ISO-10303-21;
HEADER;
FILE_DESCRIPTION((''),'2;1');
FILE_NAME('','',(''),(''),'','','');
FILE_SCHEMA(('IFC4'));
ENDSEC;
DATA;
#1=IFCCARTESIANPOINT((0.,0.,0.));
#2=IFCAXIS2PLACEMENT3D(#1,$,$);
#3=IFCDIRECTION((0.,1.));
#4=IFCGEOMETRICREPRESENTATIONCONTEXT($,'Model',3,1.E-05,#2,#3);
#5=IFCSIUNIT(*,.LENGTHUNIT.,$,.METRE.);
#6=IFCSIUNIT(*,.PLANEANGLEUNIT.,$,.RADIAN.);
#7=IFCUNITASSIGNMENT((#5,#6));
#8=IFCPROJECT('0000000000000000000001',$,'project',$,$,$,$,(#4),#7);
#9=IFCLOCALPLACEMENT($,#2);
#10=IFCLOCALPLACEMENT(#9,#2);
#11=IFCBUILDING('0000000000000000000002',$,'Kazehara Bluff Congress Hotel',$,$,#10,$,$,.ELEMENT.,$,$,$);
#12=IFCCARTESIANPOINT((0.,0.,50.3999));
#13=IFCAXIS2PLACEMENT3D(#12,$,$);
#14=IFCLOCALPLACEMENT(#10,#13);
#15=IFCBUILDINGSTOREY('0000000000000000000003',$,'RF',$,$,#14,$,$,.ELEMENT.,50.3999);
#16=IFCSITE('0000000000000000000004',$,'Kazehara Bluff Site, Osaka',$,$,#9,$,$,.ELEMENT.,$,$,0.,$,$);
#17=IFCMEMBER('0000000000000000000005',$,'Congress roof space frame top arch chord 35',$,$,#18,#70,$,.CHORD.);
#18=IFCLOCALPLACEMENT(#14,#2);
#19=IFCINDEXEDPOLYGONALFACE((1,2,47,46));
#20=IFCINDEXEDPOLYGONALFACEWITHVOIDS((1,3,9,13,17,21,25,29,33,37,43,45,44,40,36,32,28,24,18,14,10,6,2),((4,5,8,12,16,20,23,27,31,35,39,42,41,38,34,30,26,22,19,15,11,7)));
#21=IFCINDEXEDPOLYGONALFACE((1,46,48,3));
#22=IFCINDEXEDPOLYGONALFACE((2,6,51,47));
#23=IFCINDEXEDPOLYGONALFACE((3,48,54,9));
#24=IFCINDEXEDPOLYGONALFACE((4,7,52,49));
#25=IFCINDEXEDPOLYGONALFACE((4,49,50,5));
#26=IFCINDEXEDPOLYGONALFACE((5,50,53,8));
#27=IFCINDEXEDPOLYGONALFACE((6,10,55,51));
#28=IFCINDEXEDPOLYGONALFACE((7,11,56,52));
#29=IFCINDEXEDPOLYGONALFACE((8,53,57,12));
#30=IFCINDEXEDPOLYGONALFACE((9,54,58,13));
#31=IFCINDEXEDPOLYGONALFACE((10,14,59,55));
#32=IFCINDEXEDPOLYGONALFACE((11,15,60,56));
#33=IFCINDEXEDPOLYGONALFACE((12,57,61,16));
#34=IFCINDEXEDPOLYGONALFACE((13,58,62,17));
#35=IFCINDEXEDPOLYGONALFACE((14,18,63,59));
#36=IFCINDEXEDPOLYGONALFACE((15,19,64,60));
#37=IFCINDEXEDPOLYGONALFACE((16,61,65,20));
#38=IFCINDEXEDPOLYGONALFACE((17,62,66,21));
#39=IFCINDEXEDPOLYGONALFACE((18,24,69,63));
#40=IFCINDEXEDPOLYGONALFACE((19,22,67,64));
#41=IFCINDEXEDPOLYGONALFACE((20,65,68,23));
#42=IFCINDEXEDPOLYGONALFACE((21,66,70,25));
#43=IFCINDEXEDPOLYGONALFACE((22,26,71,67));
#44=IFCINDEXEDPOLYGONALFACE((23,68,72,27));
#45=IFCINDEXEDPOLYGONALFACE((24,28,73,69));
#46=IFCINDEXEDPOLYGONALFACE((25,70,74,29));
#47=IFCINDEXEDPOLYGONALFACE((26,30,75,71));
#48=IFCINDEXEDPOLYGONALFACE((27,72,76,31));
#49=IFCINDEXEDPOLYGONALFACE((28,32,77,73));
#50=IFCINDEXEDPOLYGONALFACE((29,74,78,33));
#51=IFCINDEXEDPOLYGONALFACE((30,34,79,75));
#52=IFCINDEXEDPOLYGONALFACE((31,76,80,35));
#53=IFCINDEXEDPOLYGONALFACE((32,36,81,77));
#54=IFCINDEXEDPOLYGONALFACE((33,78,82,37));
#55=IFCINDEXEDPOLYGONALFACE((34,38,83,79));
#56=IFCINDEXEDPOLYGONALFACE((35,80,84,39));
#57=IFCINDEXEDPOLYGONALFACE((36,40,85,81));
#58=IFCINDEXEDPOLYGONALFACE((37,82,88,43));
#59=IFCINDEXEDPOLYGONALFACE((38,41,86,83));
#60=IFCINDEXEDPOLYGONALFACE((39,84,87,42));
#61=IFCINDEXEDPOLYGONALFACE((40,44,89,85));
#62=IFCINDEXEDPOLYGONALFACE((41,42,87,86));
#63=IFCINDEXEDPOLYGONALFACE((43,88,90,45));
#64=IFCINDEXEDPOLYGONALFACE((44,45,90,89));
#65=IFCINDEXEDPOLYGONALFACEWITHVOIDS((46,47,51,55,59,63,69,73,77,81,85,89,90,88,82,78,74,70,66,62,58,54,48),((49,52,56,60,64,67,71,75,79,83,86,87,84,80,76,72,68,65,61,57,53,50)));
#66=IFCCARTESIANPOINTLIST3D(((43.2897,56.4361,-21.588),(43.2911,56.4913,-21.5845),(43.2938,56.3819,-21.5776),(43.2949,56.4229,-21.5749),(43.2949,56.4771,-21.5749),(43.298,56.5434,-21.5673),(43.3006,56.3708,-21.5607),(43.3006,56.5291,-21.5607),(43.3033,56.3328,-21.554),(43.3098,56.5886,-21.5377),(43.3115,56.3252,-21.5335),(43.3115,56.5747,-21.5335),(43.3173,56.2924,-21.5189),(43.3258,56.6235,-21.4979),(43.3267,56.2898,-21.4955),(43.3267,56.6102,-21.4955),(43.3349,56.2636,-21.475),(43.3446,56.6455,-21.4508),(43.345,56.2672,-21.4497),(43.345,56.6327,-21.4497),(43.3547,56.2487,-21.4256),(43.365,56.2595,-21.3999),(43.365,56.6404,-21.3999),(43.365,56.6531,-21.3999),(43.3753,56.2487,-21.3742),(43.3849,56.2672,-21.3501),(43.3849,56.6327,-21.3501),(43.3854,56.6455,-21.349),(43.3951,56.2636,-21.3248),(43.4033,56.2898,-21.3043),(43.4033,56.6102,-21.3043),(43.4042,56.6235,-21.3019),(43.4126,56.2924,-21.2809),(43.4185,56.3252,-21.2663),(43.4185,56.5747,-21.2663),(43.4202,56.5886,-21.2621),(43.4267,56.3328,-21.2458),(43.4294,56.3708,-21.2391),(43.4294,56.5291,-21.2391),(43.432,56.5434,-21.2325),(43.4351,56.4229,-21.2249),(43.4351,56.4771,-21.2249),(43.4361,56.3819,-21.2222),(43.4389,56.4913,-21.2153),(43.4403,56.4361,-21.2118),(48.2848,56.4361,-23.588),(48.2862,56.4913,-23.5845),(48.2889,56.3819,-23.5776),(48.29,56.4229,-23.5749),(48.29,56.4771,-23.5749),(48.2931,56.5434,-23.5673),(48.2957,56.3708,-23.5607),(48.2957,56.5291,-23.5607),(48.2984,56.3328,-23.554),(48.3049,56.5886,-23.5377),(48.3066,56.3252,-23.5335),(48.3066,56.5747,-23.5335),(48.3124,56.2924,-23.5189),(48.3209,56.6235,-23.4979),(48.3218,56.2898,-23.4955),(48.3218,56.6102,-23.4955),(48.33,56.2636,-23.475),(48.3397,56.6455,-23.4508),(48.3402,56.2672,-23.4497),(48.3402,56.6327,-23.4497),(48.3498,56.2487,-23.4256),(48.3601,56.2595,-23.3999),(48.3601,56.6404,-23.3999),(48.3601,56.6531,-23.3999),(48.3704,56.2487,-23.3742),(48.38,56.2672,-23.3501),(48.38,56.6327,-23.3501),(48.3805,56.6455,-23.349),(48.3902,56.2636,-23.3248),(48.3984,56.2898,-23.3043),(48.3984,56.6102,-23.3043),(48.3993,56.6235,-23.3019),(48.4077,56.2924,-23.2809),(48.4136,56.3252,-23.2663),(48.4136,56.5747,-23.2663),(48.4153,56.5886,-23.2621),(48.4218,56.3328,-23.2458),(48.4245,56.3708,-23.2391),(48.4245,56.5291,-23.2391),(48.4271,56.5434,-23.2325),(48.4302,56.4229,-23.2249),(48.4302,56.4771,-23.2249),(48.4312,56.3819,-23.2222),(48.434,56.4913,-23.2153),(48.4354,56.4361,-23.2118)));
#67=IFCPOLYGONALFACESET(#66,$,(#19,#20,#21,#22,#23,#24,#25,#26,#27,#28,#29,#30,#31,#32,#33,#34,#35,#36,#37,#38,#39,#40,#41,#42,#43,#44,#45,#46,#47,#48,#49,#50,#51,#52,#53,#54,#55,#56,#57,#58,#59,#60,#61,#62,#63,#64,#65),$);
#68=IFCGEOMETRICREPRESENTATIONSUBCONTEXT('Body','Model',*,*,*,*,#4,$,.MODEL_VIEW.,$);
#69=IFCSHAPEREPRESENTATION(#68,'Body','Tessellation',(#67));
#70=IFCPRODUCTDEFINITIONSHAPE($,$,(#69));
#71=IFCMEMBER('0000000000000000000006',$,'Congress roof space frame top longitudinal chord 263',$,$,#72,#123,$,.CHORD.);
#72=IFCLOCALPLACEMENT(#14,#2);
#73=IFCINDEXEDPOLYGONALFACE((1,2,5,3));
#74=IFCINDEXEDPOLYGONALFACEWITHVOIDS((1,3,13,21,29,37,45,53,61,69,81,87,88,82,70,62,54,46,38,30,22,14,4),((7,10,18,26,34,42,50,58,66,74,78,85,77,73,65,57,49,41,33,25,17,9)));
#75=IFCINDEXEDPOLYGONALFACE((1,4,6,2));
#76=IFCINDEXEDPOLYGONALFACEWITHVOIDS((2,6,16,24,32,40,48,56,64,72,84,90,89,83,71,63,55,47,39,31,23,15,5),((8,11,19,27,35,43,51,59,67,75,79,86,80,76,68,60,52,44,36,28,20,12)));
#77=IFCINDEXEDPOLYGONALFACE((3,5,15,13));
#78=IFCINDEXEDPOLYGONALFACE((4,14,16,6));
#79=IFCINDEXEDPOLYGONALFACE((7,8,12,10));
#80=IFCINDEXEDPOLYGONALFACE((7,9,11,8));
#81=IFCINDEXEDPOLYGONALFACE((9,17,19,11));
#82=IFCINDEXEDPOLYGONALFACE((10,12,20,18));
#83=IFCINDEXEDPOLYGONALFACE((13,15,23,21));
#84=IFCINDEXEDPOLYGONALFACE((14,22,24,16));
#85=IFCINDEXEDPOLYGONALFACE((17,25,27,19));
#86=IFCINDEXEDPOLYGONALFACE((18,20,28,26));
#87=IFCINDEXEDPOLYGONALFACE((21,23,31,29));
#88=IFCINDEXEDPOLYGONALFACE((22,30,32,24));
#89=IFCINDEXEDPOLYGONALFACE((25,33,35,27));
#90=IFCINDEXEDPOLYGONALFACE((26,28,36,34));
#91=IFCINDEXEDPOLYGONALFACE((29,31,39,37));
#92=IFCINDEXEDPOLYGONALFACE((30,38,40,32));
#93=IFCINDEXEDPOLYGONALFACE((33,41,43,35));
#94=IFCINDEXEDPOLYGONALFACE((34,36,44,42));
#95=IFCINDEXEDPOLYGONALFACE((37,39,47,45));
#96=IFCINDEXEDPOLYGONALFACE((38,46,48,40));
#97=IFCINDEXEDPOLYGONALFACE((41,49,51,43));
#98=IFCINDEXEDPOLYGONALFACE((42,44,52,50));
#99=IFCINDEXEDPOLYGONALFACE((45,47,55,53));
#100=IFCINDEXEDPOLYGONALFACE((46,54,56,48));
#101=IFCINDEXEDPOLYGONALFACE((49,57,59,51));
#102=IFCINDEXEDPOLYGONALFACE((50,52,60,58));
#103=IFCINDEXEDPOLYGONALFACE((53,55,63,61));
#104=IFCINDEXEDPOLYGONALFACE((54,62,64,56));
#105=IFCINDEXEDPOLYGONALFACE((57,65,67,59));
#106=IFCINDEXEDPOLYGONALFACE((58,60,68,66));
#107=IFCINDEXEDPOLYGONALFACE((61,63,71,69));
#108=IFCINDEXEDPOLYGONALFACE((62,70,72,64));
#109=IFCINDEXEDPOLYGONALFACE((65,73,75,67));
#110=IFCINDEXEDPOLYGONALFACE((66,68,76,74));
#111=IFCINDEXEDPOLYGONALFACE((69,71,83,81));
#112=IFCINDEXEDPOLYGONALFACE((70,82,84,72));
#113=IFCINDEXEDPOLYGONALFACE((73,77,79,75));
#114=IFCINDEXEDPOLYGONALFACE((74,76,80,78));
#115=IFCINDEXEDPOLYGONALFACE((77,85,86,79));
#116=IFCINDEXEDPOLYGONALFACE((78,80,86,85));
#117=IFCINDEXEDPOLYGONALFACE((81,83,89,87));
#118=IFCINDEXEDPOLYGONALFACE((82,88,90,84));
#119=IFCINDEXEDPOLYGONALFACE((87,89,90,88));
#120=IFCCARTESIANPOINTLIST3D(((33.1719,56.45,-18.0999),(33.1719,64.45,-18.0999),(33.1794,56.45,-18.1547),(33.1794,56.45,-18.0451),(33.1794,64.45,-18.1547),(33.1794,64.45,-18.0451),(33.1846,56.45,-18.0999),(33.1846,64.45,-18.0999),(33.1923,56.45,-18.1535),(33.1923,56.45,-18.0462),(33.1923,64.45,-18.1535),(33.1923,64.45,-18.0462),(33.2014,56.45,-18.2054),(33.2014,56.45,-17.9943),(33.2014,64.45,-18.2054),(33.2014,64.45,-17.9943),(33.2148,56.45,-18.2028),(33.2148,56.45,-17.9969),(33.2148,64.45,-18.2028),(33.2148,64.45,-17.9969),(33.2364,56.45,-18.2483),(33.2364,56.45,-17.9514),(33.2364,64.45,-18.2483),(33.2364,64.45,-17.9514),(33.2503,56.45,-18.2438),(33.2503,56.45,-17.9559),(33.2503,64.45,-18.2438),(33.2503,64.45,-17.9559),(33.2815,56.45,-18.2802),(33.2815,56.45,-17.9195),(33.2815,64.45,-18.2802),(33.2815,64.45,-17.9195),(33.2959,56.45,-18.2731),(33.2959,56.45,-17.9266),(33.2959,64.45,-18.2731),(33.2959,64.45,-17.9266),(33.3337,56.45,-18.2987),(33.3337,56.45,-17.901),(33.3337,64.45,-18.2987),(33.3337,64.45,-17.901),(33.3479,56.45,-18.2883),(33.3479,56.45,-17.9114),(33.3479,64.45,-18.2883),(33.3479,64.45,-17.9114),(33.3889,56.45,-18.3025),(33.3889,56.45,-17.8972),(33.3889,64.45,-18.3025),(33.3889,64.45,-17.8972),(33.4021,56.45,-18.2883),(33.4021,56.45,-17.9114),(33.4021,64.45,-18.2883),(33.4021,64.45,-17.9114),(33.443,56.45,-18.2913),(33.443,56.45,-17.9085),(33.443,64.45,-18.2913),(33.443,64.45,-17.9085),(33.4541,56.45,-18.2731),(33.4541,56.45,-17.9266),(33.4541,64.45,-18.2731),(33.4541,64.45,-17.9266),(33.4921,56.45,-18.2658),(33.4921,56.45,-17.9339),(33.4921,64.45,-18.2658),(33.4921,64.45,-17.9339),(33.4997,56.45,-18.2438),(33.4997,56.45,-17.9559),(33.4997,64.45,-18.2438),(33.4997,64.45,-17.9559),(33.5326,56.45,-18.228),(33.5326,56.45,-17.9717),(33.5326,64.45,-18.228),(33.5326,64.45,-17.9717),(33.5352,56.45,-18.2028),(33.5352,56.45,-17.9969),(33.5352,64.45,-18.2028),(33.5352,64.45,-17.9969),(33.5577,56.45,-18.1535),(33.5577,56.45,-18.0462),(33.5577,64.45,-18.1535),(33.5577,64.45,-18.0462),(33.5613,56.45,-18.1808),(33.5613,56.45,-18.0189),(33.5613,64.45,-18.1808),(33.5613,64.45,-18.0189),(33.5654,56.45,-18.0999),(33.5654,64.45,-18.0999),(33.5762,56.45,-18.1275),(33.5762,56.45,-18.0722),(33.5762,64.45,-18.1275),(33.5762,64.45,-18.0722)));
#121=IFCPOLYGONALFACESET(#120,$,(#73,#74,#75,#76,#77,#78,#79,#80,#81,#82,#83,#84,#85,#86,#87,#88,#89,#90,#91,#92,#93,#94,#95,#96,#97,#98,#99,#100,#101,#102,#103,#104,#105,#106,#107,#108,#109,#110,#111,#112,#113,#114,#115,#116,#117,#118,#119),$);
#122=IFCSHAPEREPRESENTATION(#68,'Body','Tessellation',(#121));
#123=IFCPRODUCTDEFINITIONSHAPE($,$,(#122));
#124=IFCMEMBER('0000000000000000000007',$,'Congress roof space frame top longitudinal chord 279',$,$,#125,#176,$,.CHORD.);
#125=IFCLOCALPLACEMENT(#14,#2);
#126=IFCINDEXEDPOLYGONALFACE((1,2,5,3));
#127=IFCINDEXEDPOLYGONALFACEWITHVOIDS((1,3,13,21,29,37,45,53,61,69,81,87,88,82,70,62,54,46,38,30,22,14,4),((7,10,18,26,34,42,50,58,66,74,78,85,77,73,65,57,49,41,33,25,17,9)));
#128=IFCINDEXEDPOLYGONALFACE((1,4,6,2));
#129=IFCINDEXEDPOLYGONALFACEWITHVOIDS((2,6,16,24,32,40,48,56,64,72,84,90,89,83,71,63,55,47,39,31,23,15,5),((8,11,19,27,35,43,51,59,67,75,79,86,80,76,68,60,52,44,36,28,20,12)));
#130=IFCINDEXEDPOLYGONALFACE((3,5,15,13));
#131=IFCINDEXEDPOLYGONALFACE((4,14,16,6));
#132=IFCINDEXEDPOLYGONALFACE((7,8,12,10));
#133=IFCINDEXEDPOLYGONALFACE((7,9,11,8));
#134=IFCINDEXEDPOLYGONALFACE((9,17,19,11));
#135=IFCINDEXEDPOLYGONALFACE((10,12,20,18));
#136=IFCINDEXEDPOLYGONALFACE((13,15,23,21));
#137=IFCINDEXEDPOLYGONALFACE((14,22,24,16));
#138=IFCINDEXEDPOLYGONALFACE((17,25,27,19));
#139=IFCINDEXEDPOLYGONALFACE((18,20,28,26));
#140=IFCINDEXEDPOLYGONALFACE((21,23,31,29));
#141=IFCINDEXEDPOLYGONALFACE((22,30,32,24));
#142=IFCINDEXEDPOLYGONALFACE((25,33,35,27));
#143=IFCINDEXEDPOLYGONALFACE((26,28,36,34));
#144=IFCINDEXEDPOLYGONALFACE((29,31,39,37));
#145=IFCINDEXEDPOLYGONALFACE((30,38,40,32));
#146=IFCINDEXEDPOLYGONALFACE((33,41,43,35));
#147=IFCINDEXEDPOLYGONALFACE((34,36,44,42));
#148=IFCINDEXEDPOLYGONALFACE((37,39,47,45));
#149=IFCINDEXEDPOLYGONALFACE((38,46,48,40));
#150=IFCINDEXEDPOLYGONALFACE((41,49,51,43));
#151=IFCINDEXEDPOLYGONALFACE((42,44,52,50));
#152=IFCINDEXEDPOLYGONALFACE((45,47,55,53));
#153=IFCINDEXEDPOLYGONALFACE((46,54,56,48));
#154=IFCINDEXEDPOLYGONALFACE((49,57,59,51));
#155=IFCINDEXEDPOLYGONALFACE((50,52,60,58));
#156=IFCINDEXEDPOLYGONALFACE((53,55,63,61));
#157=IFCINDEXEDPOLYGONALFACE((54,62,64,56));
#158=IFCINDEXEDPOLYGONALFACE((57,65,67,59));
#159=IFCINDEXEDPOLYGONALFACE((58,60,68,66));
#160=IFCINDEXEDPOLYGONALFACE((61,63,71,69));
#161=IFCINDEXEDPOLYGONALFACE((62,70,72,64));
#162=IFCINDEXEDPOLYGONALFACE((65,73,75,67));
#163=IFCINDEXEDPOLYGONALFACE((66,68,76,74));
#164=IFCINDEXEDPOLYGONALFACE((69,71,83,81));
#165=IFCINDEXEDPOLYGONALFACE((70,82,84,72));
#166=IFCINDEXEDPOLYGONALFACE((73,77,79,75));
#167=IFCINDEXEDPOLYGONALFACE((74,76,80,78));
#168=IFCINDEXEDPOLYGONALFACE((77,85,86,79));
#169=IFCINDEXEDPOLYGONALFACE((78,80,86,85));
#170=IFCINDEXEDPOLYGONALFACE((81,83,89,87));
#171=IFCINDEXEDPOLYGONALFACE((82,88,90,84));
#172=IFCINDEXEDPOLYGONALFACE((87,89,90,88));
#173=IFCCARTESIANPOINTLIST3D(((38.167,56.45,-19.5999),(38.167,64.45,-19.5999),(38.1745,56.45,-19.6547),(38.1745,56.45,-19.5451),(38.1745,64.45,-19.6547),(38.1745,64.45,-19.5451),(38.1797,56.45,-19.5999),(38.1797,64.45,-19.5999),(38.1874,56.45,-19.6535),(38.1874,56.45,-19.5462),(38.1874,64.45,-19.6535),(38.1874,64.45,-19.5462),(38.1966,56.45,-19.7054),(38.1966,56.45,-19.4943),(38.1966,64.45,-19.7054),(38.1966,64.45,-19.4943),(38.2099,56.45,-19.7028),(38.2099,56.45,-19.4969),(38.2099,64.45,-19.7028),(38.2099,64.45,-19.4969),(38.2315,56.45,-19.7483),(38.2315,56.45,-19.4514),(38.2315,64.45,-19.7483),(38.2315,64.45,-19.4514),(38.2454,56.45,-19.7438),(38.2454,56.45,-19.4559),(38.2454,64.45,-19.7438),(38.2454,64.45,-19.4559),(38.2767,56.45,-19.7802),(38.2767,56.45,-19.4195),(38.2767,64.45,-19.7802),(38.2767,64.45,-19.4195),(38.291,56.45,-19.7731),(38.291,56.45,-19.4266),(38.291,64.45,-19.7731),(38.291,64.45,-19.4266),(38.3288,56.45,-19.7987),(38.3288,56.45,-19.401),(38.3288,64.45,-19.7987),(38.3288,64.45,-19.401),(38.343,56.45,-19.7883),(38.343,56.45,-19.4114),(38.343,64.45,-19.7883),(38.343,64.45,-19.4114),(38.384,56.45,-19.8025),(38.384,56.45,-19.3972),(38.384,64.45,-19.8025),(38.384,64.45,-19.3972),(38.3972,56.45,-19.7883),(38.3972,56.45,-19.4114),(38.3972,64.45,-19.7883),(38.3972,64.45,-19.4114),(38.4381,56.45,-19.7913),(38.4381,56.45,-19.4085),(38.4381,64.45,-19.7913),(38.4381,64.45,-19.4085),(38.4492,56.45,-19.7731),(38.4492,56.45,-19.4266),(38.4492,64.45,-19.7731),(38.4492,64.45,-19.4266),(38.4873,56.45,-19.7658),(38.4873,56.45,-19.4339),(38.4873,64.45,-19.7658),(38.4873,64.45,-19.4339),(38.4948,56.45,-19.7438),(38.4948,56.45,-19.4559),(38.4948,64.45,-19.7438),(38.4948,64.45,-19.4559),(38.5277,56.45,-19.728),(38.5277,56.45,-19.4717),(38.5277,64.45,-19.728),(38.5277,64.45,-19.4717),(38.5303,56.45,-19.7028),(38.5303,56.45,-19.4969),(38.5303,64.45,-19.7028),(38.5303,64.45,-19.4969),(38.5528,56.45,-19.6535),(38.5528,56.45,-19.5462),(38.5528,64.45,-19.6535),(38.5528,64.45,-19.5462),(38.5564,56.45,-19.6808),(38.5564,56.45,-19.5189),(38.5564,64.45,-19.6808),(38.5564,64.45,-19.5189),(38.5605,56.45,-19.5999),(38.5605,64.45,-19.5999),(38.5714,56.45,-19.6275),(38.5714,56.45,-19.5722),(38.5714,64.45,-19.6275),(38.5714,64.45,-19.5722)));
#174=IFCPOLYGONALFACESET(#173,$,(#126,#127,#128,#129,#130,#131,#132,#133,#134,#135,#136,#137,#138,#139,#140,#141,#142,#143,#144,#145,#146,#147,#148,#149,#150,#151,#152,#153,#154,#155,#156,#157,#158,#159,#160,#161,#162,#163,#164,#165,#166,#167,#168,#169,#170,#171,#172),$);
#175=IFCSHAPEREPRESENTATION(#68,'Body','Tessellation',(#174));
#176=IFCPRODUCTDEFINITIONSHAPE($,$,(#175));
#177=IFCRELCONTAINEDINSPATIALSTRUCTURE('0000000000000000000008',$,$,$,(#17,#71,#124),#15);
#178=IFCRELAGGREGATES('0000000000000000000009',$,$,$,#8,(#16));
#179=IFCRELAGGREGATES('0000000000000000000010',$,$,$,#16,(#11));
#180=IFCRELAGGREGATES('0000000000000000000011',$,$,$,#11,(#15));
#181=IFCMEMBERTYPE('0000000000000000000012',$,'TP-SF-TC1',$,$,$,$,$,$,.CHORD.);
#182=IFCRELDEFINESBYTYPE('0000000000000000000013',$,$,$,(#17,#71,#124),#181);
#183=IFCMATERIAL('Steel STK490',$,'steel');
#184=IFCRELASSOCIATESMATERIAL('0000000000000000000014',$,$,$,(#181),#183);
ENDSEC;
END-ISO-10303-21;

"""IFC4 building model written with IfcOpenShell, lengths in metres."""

from ifc_helpers import new_model, si_unit, direction, frame, origin, origin_2d, place, context, subcontext, project, spatial, hollow_circle, extrude, material, material_profile, profile_set, type_object, element, save


model = new_model("IFC4")

# Units and contexts
model_context = context("Model", 3, precision=1e-05, world=origin(), true_north=direction((0.0, 1.0)))
body_context = subcontext(model_context, "Body", "Model", "MODEL_VIEW")
ifc_project = project(units=[si_unit("LENGTHUNIT", "METRE"), si_unit("PLANEANGLEUNIT", "RADIAN")], contexts=[model_context])

# Site, building, storey
site_placement = place(None, origin())
site = spatial("IfcSite", under=ifc_project, at=site_placement, Name="Kazehara Bluff Site, Osaka", CompositionType="ELEMENT", RefElevation=0.0)
building_placement = place(site_placement, origin())
building = spatial("IfcBuilding", under=site, at=building_placement, Name="Kazehara Bluff Congress Hotel", CompositionType="ELEMENT")
storey_placement = place(building_placement, frame((0.0, 0.0, 50.3999)))
storey = spatial("IfcBuildingStorey", under=building, at=storey_placement, Name="RF", CompositionType="ELEMENT", Elevation=50.3999)

# Members
ifc_material_1 = material(Name="Steel STK490", Category="steel")
ifc_material_profile_1 = material_profile(ifc_material_1, hollow_circle(Radius=0.2031, WallThickness=0.0127, at=origin_2d()))
ifc_profile_set_1 = profile_set([ifc_material_profile_1], Name="Steel STK490")
member_type_1 = type_object("IfcMemberType", Name="TP-SF-TC1", PredefinedType="CHORD", material=ifc_profile_set_1)
member_1_placement = place(storey_placement, frame((43.365, 56.45, -21.3999), z_axis=(0.928351, 0.0, -0.371704), x_axis=(0.0, 1.0, 0.0)))
element("IfcMember", 1, at=member_1_placement, inside=storey, type_object=member_type_1, Name="Congress roof space frame top arch chord 35", PredefinedType="CHORD", context=body_context, shape_type="SweptSolid", body=[
    extrude(hollow_circle(Radius=0.2031, WallThickness=0.0127, at=origin_2d()), origin(), (0.0, 0.0, 1.0), 5.3806),
])
for number, where, z_axis, x_axis, name in (
    (2, (33.375, 56.45, -18.0999), (0.0, 1.0, 0.0), (-1.0, 0.0, 0.0), "Congress roof space frame top longitudinal chord 263"),
    (3, (38.3701, 56.45, -19.5999), (0.0, 1.0, 0.0), (-1.0, 0.0, 0.0), "Congress roof space frame top longitudinal chord 279"),
):
    element("IfcMember", number, at=place(storey_placement, frame(where, z_axis=z_axis, x_axis=x_axis)), inside=storey, type_object=member_type_1, Name=name, PredefinedType="CHORD", context=body_context, shape_type="SweptSolid", body=[
        extrude(hollow_circle(Radius=0.2031, WallThickness=0.0127, at=origin_2d()), origin(), (0.0, 0.0, 1.0), 8.0),
    ])

save(model, "model.ifc")
